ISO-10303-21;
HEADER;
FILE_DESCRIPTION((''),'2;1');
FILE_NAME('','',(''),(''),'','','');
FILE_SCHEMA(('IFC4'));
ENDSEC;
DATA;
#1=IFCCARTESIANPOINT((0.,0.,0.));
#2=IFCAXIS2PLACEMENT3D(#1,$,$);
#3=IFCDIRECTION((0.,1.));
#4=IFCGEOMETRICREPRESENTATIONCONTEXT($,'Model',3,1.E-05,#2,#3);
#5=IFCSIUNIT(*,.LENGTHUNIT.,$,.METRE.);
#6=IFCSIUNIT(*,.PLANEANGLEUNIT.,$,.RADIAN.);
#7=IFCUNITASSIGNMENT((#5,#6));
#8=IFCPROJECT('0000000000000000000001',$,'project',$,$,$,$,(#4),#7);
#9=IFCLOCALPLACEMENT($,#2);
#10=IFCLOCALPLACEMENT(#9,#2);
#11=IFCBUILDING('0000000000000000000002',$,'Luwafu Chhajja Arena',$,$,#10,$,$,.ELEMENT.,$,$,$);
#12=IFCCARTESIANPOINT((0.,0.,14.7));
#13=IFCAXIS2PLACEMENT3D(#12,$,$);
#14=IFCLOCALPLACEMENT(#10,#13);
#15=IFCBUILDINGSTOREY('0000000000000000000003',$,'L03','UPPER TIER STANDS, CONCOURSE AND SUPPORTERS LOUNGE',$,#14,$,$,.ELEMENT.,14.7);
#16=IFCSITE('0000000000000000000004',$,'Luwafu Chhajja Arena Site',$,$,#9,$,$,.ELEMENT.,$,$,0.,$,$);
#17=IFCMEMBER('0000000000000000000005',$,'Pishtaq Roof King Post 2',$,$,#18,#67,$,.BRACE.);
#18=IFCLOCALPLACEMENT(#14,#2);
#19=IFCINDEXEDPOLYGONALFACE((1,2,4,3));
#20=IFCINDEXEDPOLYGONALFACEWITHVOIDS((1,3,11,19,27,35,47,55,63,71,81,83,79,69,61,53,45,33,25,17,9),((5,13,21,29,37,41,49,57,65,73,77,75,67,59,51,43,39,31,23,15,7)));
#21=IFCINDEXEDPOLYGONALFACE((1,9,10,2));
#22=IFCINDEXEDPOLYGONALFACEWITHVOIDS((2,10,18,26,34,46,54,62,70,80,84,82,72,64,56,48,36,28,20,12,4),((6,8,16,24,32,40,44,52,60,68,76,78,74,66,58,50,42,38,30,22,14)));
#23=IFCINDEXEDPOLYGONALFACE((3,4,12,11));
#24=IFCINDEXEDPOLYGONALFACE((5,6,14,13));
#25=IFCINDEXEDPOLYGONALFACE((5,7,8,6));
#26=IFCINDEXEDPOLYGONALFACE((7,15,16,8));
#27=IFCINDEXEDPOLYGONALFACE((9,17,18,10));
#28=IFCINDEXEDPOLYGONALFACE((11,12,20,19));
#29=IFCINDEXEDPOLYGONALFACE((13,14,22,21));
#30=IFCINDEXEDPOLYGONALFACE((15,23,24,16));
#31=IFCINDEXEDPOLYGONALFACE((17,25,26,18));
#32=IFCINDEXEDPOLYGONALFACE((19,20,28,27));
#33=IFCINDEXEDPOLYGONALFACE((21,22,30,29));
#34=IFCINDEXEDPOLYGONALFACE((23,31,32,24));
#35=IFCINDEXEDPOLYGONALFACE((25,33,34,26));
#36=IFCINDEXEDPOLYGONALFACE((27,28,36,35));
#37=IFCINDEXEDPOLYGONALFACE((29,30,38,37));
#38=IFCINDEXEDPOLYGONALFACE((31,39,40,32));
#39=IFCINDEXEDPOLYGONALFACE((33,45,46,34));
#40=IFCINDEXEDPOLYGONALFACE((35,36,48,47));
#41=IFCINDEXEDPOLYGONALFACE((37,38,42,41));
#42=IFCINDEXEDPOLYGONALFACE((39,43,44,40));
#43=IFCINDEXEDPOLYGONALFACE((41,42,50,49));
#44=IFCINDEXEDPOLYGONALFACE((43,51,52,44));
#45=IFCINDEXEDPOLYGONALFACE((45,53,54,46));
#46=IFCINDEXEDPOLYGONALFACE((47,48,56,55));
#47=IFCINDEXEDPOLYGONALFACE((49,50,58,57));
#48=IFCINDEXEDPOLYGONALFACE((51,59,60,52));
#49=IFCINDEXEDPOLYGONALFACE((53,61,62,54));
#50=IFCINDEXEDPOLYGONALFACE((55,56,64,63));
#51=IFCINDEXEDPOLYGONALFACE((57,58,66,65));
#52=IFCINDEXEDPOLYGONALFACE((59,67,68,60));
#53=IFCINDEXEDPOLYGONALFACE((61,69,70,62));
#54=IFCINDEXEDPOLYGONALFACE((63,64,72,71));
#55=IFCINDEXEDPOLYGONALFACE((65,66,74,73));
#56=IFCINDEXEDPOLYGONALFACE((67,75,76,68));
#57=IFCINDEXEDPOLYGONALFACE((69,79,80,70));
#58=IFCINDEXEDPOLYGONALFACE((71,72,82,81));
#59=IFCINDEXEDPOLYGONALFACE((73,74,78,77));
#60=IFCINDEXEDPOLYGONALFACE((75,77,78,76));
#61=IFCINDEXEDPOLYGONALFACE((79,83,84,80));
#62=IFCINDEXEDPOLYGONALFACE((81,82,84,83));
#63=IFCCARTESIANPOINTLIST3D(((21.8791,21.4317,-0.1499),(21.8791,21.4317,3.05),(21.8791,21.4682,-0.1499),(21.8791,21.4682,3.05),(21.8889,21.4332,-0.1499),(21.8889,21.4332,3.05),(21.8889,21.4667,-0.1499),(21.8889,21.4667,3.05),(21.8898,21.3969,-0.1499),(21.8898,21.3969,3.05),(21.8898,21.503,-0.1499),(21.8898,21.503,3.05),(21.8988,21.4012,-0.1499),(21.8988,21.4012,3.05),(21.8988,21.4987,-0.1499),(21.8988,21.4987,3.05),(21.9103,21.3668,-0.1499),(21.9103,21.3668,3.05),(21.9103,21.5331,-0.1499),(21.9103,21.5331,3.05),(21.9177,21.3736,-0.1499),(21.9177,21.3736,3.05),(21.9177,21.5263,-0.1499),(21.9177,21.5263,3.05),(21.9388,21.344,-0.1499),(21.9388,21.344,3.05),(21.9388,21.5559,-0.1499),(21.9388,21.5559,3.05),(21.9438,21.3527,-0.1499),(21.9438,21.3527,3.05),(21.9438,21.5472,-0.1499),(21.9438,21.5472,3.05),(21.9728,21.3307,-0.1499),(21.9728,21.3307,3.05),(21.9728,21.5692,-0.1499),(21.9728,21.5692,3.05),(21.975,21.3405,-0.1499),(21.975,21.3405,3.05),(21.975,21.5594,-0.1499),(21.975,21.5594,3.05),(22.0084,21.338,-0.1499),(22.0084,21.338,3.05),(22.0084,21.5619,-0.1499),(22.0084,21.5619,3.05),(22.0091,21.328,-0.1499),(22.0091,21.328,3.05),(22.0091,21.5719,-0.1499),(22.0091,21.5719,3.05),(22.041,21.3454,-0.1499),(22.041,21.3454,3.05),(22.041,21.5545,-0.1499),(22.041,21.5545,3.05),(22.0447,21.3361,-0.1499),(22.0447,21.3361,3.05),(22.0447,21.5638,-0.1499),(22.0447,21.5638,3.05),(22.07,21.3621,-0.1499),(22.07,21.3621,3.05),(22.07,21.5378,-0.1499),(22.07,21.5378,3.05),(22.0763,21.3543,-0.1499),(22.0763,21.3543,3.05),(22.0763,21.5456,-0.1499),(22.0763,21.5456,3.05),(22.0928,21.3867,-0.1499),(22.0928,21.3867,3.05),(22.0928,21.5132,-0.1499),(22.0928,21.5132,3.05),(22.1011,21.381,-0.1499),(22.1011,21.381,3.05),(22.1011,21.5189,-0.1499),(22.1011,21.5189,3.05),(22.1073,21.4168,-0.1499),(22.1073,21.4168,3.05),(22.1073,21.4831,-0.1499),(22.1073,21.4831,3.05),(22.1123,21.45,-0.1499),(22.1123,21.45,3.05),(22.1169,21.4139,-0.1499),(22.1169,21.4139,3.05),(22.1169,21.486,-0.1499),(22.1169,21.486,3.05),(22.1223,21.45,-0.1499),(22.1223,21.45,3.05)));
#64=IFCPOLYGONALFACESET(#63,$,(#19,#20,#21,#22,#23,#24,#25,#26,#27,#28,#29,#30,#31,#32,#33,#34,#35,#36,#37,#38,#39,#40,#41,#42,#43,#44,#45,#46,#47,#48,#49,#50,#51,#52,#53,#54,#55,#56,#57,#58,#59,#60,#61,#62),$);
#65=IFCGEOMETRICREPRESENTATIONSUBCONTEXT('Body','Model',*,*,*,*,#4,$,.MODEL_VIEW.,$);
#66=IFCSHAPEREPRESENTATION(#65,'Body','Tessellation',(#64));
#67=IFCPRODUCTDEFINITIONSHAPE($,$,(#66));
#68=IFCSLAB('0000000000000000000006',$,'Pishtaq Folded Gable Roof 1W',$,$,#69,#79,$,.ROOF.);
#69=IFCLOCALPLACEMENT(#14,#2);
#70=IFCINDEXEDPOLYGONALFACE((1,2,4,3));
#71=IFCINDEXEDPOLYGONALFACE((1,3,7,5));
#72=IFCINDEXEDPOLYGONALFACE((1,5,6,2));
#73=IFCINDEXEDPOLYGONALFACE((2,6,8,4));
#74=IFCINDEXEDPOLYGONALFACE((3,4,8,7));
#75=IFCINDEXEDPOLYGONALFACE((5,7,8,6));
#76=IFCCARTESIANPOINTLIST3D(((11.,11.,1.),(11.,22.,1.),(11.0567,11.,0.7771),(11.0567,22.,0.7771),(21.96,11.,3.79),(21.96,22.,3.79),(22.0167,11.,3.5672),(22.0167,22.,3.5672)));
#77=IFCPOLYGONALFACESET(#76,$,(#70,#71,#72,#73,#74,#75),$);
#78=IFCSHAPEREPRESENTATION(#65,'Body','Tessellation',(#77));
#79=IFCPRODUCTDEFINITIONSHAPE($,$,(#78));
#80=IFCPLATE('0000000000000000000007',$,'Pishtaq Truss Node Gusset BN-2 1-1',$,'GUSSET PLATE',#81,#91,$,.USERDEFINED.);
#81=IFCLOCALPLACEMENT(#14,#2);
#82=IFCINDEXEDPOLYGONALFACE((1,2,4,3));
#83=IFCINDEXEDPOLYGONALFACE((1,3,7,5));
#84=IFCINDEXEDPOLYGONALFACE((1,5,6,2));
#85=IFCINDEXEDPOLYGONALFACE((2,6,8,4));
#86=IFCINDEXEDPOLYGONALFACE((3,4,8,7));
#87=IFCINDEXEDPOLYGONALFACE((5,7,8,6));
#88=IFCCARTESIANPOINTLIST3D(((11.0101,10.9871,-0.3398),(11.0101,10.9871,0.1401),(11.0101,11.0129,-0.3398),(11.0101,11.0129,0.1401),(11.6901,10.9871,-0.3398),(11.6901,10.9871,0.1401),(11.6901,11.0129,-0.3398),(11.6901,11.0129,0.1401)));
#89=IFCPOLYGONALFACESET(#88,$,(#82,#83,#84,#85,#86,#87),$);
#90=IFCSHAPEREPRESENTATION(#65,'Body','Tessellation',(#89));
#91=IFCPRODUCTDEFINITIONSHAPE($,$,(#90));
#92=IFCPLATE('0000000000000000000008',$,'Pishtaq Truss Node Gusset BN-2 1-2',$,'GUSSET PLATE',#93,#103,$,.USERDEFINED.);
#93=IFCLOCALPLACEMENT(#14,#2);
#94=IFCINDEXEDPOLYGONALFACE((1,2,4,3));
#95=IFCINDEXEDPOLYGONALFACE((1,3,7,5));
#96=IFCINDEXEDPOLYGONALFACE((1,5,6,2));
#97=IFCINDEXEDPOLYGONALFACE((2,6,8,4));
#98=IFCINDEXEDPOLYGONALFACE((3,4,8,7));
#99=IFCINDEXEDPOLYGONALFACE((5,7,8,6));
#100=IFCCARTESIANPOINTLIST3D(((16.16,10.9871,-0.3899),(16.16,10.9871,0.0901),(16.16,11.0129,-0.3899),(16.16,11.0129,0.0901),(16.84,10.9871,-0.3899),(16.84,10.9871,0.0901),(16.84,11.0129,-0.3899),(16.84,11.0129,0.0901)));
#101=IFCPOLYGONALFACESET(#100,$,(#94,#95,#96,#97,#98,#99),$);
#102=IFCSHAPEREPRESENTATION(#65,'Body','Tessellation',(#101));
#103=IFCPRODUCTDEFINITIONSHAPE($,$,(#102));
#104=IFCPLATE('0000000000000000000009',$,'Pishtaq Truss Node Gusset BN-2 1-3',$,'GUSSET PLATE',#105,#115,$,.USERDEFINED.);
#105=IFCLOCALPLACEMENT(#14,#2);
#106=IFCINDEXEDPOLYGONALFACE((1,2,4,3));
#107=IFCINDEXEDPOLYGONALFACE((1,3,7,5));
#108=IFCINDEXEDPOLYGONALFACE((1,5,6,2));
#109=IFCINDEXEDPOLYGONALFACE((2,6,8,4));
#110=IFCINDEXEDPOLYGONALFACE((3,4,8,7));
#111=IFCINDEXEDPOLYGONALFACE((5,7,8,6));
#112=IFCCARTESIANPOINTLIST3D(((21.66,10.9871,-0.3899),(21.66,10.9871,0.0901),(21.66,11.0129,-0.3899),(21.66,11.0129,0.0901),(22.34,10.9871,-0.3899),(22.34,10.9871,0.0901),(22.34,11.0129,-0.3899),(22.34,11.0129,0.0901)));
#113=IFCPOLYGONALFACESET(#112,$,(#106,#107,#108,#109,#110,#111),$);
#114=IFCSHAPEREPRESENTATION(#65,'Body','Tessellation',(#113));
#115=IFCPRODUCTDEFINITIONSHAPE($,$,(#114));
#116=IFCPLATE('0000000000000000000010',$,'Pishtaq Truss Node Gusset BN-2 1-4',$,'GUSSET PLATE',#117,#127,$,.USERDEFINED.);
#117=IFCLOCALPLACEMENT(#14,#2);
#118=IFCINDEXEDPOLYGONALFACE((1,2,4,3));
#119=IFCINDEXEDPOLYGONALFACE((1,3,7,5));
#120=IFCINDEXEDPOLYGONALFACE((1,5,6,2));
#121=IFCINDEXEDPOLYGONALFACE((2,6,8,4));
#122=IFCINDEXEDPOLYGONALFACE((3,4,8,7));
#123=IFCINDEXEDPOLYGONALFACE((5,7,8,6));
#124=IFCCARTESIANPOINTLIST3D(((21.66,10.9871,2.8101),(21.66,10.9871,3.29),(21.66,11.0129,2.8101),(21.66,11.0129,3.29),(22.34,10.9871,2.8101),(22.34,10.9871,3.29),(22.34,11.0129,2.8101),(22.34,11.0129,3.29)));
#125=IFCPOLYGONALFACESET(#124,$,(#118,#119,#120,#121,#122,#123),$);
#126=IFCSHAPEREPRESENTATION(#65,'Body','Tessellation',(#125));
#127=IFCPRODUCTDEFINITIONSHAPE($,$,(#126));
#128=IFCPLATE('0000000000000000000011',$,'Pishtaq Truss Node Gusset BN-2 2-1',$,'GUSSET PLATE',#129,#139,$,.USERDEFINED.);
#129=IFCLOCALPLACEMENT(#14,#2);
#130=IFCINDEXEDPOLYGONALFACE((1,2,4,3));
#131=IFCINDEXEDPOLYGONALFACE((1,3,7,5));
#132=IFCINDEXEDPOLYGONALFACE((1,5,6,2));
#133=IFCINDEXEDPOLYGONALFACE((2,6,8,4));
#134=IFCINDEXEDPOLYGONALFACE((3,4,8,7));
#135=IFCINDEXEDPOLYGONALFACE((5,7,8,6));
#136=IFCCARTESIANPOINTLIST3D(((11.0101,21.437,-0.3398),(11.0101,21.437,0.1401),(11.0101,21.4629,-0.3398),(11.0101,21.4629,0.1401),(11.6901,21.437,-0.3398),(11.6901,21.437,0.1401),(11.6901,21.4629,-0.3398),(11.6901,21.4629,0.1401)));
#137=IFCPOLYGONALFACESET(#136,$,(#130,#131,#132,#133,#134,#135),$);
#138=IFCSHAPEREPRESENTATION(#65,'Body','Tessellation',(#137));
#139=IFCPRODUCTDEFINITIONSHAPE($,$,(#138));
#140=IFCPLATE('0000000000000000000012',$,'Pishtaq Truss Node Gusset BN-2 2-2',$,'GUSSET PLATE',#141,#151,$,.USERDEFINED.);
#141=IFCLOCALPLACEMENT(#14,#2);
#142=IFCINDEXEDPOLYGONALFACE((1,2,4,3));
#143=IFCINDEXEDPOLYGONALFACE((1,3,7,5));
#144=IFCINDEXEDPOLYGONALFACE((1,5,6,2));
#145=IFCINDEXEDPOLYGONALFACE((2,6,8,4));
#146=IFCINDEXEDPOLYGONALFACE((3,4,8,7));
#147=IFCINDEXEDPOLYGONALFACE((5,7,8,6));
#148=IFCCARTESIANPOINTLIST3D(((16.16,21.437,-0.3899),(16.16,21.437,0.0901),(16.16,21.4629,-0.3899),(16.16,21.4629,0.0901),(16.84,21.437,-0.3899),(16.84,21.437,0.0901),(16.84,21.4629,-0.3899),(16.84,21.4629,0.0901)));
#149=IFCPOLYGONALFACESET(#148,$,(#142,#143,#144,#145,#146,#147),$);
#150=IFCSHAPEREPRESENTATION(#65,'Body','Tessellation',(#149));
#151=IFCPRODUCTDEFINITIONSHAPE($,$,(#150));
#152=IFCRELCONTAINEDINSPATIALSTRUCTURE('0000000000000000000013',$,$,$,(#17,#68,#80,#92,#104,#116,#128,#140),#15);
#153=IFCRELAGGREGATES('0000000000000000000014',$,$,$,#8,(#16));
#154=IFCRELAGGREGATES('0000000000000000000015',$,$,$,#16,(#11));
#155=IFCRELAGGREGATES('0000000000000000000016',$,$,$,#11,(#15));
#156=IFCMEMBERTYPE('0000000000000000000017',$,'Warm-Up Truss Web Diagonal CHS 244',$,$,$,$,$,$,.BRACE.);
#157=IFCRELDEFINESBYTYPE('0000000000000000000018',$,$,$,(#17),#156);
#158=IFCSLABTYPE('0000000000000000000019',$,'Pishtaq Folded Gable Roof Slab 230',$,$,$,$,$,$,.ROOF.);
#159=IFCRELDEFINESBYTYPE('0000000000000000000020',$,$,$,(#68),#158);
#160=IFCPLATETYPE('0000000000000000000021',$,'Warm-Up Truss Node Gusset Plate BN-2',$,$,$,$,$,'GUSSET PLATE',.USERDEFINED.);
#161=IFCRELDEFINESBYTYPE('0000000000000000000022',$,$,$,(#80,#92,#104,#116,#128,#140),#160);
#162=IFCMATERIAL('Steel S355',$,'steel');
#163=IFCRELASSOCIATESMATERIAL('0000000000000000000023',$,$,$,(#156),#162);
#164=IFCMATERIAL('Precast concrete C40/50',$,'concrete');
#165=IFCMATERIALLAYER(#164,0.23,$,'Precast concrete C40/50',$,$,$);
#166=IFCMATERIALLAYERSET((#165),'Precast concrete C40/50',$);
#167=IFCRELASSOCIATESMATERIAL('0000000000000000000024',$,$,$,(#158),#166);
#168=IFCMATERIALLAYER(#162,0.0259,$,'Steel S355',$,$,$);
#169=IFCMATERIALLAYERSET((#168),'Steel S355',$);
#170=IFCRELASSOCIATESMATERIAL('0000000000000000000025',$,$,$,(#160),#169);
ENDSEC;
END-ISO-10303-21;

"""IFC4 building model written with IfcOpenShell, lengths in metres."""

from ifc_helpers import new_model, si_unit, direction, frame, origin, origin_2d, place, context, subcontext, project, spatial, polyline, rectangle, hollow_circle, outline, extrude, material, layer, layer_set, material_profile, profile_set, type_object, element, save


model = new_model("IFC4")

# Units and contexts
model_context = context("Model", 3, precision=1e-05, world=origin(), true_north=direction((0.0, 1.0)))
body_context = subcontext(model_context, "Body", "Model", "MODEL_VIEW")
ifc_project = project(units=[si_unit("LENGTHUNIT", "METRE"), si_unit("PLANEANGLEUNIT", "RADIAN")], contexts=[model_context])

# Site, building, storey
site_placement = place(None, origin())
site = spatial("IfcSite", under=ifc_project, at=site_placement, Name="Luwafu Chhajja Arena Site", CompositionType="ELEMENT", RefElevation=0.0)
building_placement = place(site_placement, origin())
building = spatial("IfcBuilding", under=site, at=building_placement, Name="Luwafu Chhajja Arena", CompositionType="ELEMENT")
storey_placement = place(building_placement, frame((0.0, 0.0, 14.7)))
storey = spatial("IfcBuildingStorey", under=building, at=storey_placement, Name="L03", Description="UPPER TIER STANDS, CONCOURSE AND SUPPORTERS LOUNGE", CompositionType="ELEMENT", Elevation=14.7)

# Shared definitions
ifc_material_1 = material(Name="Steel S355", Category="steel")

# Member
ifc_material_profile_1 = material_profile(ifc_material_1, hollow_circle(Radius=0.1223, WallThickness=0.01, at=origin_2d()), Name="CHS 244.5x10")
ifc_profile_set_1 = profile_set([ifc_material_profile_1], Name="Steel S355")
member_type_1 = type_object("IfcMemberType", Name="Warm-Up Truss Web Diagonal CHS 244", PredefinedType="BRACE", material=ifc_profile_set_1)
for number, where, z_axis, x_axis, name in (
    (1, (22.0, 21.45, -0.1499), (0.0, 0.0, 1.0), (1.0, 0.0, 0.0), "Pishtaq Roof King Post 2"),
):
    element("IfcMember", number, at=place(storey_placement, frame(where, z_axis=z_axis, x_axis=x_axis)), inside=storey, type_object=member_type_1, Name=name, PredefinedType="BRACE", context=body_context, shape_type="SweptSolid", body=[
        extrude(hollow_circle(Radius=0.1223, WallThickness=0.01, at=origin_2d()), origin(), (0.0, 0.0, 1.0), 3.2),
    ])

# Slab
ifc_material_2 = material(Name="Precast concrete C40/50", Category="concrete")
ifc_layer_1 = layer(ifc_material_2, 0.23, Name="Precast concrete C40/50")
ifc_layer_set_1 = layer_set([ifc_layer_1], Name="Precast concrete C40/50")
slab_type = type_object("IfcSlabType", Name="Pishtaq Folded Gable Roof Slab 230", PredefinedType="ROOF", material=ifc_layer_set_1)
slab_placement = place(storey_placement, frame((11.0, 11.0, 1.0), z_axis=(-0.246698, 0.0, 0.969092), x_axis=(0.969092, 0.0, 0.246698)))
element("IfcSlab", 2, at=slab_placement, inside=storey, type_object=slab_type, Name="Pishtaq Folded Gable Roof 1W", PredefinedType="ROOF", context=body_context, shape_type="SweptSolid", body=[
    extrude(outline(polyline([(0.0, 0.0), (11.3095, 0.0), (11.3095, 11.0), (0.0, 11.0), (0.0, 0.0)])), origin(), (0.0, 0.0, -1.0), 0.23),
])

# Plates
ifc_layer_2 = layer(ifc_material_1, 0.0259, Name="Steel S355")
ifc_layer_set_2 = layer_set([ifc_layer_2], Name="Steel S355")
plate_type = type_object("IfcPlateType", Name="Warm-Up Truss Node Gusset Plate BN-2", ElementType="GUSSET PLATE", PredefinedType="USERDEFINED", material=ifc_layer_set_2)
for number, where, z_axis, x_axis, name in (
    (3, (11.3501, 11.0, -0.3398), (0.0, 0.0, 1.0), (1.0, 0.0, 0.0), "Pishtaq Truss Node Gusset BN-2 1-1"),
    (4, (16.5, 11.0, -0.3899), (0.0, 0.0, 1.0), (1.0, 0.0, 0.0), "Pishtaq Truss Node Gusset BN-2 1-2"),
    (5, (22.0, 11.0, -0.3899), (0.0, 0.0, 1.0), (1.0, 0.0, 0.0), "Pishtaq Truss Node Gusset BN-2 1-3"),
    (6, (22.0, 11.0, 2.8101), (0.0, 0.0, 1.0), (1.0, 0.0, 0.0), "Pishtaq Truss Node Gusset BN-2 1-4"),
    (7, (11.3501, 21.45, -0.3398), (0.0, 0.0, 1.0), (1.0, 0.0, 0.0), "Pishtaq Truss Node Gusset BN-2 2-1"),
    (8, (16.5, 21.45, -0.3899), (0.0, 0.0, 1.0), (1.0, 0.0, 0.0), "Pishtaq Truss Node Gusset BN-2 2-2"),
):
    element("IfcPlate", number, at=place(storey_placement, frame(where, z_axis=z_axis, x_axis=x_axis)), inside=storey, type_object=plate_type, Name=name, ObjectType="GUSSET PLATE", PredefinedType="USERDEFINED", context=body_context, shape_type="SweptSolid", body=[
        extrude(rectangle(XDim=0.6799, YDim=0.0259, at=origin_2d()), origin(), (0.0, 0.0, 1.0), 0.48),
    ])

save(model, "model.ifc")
